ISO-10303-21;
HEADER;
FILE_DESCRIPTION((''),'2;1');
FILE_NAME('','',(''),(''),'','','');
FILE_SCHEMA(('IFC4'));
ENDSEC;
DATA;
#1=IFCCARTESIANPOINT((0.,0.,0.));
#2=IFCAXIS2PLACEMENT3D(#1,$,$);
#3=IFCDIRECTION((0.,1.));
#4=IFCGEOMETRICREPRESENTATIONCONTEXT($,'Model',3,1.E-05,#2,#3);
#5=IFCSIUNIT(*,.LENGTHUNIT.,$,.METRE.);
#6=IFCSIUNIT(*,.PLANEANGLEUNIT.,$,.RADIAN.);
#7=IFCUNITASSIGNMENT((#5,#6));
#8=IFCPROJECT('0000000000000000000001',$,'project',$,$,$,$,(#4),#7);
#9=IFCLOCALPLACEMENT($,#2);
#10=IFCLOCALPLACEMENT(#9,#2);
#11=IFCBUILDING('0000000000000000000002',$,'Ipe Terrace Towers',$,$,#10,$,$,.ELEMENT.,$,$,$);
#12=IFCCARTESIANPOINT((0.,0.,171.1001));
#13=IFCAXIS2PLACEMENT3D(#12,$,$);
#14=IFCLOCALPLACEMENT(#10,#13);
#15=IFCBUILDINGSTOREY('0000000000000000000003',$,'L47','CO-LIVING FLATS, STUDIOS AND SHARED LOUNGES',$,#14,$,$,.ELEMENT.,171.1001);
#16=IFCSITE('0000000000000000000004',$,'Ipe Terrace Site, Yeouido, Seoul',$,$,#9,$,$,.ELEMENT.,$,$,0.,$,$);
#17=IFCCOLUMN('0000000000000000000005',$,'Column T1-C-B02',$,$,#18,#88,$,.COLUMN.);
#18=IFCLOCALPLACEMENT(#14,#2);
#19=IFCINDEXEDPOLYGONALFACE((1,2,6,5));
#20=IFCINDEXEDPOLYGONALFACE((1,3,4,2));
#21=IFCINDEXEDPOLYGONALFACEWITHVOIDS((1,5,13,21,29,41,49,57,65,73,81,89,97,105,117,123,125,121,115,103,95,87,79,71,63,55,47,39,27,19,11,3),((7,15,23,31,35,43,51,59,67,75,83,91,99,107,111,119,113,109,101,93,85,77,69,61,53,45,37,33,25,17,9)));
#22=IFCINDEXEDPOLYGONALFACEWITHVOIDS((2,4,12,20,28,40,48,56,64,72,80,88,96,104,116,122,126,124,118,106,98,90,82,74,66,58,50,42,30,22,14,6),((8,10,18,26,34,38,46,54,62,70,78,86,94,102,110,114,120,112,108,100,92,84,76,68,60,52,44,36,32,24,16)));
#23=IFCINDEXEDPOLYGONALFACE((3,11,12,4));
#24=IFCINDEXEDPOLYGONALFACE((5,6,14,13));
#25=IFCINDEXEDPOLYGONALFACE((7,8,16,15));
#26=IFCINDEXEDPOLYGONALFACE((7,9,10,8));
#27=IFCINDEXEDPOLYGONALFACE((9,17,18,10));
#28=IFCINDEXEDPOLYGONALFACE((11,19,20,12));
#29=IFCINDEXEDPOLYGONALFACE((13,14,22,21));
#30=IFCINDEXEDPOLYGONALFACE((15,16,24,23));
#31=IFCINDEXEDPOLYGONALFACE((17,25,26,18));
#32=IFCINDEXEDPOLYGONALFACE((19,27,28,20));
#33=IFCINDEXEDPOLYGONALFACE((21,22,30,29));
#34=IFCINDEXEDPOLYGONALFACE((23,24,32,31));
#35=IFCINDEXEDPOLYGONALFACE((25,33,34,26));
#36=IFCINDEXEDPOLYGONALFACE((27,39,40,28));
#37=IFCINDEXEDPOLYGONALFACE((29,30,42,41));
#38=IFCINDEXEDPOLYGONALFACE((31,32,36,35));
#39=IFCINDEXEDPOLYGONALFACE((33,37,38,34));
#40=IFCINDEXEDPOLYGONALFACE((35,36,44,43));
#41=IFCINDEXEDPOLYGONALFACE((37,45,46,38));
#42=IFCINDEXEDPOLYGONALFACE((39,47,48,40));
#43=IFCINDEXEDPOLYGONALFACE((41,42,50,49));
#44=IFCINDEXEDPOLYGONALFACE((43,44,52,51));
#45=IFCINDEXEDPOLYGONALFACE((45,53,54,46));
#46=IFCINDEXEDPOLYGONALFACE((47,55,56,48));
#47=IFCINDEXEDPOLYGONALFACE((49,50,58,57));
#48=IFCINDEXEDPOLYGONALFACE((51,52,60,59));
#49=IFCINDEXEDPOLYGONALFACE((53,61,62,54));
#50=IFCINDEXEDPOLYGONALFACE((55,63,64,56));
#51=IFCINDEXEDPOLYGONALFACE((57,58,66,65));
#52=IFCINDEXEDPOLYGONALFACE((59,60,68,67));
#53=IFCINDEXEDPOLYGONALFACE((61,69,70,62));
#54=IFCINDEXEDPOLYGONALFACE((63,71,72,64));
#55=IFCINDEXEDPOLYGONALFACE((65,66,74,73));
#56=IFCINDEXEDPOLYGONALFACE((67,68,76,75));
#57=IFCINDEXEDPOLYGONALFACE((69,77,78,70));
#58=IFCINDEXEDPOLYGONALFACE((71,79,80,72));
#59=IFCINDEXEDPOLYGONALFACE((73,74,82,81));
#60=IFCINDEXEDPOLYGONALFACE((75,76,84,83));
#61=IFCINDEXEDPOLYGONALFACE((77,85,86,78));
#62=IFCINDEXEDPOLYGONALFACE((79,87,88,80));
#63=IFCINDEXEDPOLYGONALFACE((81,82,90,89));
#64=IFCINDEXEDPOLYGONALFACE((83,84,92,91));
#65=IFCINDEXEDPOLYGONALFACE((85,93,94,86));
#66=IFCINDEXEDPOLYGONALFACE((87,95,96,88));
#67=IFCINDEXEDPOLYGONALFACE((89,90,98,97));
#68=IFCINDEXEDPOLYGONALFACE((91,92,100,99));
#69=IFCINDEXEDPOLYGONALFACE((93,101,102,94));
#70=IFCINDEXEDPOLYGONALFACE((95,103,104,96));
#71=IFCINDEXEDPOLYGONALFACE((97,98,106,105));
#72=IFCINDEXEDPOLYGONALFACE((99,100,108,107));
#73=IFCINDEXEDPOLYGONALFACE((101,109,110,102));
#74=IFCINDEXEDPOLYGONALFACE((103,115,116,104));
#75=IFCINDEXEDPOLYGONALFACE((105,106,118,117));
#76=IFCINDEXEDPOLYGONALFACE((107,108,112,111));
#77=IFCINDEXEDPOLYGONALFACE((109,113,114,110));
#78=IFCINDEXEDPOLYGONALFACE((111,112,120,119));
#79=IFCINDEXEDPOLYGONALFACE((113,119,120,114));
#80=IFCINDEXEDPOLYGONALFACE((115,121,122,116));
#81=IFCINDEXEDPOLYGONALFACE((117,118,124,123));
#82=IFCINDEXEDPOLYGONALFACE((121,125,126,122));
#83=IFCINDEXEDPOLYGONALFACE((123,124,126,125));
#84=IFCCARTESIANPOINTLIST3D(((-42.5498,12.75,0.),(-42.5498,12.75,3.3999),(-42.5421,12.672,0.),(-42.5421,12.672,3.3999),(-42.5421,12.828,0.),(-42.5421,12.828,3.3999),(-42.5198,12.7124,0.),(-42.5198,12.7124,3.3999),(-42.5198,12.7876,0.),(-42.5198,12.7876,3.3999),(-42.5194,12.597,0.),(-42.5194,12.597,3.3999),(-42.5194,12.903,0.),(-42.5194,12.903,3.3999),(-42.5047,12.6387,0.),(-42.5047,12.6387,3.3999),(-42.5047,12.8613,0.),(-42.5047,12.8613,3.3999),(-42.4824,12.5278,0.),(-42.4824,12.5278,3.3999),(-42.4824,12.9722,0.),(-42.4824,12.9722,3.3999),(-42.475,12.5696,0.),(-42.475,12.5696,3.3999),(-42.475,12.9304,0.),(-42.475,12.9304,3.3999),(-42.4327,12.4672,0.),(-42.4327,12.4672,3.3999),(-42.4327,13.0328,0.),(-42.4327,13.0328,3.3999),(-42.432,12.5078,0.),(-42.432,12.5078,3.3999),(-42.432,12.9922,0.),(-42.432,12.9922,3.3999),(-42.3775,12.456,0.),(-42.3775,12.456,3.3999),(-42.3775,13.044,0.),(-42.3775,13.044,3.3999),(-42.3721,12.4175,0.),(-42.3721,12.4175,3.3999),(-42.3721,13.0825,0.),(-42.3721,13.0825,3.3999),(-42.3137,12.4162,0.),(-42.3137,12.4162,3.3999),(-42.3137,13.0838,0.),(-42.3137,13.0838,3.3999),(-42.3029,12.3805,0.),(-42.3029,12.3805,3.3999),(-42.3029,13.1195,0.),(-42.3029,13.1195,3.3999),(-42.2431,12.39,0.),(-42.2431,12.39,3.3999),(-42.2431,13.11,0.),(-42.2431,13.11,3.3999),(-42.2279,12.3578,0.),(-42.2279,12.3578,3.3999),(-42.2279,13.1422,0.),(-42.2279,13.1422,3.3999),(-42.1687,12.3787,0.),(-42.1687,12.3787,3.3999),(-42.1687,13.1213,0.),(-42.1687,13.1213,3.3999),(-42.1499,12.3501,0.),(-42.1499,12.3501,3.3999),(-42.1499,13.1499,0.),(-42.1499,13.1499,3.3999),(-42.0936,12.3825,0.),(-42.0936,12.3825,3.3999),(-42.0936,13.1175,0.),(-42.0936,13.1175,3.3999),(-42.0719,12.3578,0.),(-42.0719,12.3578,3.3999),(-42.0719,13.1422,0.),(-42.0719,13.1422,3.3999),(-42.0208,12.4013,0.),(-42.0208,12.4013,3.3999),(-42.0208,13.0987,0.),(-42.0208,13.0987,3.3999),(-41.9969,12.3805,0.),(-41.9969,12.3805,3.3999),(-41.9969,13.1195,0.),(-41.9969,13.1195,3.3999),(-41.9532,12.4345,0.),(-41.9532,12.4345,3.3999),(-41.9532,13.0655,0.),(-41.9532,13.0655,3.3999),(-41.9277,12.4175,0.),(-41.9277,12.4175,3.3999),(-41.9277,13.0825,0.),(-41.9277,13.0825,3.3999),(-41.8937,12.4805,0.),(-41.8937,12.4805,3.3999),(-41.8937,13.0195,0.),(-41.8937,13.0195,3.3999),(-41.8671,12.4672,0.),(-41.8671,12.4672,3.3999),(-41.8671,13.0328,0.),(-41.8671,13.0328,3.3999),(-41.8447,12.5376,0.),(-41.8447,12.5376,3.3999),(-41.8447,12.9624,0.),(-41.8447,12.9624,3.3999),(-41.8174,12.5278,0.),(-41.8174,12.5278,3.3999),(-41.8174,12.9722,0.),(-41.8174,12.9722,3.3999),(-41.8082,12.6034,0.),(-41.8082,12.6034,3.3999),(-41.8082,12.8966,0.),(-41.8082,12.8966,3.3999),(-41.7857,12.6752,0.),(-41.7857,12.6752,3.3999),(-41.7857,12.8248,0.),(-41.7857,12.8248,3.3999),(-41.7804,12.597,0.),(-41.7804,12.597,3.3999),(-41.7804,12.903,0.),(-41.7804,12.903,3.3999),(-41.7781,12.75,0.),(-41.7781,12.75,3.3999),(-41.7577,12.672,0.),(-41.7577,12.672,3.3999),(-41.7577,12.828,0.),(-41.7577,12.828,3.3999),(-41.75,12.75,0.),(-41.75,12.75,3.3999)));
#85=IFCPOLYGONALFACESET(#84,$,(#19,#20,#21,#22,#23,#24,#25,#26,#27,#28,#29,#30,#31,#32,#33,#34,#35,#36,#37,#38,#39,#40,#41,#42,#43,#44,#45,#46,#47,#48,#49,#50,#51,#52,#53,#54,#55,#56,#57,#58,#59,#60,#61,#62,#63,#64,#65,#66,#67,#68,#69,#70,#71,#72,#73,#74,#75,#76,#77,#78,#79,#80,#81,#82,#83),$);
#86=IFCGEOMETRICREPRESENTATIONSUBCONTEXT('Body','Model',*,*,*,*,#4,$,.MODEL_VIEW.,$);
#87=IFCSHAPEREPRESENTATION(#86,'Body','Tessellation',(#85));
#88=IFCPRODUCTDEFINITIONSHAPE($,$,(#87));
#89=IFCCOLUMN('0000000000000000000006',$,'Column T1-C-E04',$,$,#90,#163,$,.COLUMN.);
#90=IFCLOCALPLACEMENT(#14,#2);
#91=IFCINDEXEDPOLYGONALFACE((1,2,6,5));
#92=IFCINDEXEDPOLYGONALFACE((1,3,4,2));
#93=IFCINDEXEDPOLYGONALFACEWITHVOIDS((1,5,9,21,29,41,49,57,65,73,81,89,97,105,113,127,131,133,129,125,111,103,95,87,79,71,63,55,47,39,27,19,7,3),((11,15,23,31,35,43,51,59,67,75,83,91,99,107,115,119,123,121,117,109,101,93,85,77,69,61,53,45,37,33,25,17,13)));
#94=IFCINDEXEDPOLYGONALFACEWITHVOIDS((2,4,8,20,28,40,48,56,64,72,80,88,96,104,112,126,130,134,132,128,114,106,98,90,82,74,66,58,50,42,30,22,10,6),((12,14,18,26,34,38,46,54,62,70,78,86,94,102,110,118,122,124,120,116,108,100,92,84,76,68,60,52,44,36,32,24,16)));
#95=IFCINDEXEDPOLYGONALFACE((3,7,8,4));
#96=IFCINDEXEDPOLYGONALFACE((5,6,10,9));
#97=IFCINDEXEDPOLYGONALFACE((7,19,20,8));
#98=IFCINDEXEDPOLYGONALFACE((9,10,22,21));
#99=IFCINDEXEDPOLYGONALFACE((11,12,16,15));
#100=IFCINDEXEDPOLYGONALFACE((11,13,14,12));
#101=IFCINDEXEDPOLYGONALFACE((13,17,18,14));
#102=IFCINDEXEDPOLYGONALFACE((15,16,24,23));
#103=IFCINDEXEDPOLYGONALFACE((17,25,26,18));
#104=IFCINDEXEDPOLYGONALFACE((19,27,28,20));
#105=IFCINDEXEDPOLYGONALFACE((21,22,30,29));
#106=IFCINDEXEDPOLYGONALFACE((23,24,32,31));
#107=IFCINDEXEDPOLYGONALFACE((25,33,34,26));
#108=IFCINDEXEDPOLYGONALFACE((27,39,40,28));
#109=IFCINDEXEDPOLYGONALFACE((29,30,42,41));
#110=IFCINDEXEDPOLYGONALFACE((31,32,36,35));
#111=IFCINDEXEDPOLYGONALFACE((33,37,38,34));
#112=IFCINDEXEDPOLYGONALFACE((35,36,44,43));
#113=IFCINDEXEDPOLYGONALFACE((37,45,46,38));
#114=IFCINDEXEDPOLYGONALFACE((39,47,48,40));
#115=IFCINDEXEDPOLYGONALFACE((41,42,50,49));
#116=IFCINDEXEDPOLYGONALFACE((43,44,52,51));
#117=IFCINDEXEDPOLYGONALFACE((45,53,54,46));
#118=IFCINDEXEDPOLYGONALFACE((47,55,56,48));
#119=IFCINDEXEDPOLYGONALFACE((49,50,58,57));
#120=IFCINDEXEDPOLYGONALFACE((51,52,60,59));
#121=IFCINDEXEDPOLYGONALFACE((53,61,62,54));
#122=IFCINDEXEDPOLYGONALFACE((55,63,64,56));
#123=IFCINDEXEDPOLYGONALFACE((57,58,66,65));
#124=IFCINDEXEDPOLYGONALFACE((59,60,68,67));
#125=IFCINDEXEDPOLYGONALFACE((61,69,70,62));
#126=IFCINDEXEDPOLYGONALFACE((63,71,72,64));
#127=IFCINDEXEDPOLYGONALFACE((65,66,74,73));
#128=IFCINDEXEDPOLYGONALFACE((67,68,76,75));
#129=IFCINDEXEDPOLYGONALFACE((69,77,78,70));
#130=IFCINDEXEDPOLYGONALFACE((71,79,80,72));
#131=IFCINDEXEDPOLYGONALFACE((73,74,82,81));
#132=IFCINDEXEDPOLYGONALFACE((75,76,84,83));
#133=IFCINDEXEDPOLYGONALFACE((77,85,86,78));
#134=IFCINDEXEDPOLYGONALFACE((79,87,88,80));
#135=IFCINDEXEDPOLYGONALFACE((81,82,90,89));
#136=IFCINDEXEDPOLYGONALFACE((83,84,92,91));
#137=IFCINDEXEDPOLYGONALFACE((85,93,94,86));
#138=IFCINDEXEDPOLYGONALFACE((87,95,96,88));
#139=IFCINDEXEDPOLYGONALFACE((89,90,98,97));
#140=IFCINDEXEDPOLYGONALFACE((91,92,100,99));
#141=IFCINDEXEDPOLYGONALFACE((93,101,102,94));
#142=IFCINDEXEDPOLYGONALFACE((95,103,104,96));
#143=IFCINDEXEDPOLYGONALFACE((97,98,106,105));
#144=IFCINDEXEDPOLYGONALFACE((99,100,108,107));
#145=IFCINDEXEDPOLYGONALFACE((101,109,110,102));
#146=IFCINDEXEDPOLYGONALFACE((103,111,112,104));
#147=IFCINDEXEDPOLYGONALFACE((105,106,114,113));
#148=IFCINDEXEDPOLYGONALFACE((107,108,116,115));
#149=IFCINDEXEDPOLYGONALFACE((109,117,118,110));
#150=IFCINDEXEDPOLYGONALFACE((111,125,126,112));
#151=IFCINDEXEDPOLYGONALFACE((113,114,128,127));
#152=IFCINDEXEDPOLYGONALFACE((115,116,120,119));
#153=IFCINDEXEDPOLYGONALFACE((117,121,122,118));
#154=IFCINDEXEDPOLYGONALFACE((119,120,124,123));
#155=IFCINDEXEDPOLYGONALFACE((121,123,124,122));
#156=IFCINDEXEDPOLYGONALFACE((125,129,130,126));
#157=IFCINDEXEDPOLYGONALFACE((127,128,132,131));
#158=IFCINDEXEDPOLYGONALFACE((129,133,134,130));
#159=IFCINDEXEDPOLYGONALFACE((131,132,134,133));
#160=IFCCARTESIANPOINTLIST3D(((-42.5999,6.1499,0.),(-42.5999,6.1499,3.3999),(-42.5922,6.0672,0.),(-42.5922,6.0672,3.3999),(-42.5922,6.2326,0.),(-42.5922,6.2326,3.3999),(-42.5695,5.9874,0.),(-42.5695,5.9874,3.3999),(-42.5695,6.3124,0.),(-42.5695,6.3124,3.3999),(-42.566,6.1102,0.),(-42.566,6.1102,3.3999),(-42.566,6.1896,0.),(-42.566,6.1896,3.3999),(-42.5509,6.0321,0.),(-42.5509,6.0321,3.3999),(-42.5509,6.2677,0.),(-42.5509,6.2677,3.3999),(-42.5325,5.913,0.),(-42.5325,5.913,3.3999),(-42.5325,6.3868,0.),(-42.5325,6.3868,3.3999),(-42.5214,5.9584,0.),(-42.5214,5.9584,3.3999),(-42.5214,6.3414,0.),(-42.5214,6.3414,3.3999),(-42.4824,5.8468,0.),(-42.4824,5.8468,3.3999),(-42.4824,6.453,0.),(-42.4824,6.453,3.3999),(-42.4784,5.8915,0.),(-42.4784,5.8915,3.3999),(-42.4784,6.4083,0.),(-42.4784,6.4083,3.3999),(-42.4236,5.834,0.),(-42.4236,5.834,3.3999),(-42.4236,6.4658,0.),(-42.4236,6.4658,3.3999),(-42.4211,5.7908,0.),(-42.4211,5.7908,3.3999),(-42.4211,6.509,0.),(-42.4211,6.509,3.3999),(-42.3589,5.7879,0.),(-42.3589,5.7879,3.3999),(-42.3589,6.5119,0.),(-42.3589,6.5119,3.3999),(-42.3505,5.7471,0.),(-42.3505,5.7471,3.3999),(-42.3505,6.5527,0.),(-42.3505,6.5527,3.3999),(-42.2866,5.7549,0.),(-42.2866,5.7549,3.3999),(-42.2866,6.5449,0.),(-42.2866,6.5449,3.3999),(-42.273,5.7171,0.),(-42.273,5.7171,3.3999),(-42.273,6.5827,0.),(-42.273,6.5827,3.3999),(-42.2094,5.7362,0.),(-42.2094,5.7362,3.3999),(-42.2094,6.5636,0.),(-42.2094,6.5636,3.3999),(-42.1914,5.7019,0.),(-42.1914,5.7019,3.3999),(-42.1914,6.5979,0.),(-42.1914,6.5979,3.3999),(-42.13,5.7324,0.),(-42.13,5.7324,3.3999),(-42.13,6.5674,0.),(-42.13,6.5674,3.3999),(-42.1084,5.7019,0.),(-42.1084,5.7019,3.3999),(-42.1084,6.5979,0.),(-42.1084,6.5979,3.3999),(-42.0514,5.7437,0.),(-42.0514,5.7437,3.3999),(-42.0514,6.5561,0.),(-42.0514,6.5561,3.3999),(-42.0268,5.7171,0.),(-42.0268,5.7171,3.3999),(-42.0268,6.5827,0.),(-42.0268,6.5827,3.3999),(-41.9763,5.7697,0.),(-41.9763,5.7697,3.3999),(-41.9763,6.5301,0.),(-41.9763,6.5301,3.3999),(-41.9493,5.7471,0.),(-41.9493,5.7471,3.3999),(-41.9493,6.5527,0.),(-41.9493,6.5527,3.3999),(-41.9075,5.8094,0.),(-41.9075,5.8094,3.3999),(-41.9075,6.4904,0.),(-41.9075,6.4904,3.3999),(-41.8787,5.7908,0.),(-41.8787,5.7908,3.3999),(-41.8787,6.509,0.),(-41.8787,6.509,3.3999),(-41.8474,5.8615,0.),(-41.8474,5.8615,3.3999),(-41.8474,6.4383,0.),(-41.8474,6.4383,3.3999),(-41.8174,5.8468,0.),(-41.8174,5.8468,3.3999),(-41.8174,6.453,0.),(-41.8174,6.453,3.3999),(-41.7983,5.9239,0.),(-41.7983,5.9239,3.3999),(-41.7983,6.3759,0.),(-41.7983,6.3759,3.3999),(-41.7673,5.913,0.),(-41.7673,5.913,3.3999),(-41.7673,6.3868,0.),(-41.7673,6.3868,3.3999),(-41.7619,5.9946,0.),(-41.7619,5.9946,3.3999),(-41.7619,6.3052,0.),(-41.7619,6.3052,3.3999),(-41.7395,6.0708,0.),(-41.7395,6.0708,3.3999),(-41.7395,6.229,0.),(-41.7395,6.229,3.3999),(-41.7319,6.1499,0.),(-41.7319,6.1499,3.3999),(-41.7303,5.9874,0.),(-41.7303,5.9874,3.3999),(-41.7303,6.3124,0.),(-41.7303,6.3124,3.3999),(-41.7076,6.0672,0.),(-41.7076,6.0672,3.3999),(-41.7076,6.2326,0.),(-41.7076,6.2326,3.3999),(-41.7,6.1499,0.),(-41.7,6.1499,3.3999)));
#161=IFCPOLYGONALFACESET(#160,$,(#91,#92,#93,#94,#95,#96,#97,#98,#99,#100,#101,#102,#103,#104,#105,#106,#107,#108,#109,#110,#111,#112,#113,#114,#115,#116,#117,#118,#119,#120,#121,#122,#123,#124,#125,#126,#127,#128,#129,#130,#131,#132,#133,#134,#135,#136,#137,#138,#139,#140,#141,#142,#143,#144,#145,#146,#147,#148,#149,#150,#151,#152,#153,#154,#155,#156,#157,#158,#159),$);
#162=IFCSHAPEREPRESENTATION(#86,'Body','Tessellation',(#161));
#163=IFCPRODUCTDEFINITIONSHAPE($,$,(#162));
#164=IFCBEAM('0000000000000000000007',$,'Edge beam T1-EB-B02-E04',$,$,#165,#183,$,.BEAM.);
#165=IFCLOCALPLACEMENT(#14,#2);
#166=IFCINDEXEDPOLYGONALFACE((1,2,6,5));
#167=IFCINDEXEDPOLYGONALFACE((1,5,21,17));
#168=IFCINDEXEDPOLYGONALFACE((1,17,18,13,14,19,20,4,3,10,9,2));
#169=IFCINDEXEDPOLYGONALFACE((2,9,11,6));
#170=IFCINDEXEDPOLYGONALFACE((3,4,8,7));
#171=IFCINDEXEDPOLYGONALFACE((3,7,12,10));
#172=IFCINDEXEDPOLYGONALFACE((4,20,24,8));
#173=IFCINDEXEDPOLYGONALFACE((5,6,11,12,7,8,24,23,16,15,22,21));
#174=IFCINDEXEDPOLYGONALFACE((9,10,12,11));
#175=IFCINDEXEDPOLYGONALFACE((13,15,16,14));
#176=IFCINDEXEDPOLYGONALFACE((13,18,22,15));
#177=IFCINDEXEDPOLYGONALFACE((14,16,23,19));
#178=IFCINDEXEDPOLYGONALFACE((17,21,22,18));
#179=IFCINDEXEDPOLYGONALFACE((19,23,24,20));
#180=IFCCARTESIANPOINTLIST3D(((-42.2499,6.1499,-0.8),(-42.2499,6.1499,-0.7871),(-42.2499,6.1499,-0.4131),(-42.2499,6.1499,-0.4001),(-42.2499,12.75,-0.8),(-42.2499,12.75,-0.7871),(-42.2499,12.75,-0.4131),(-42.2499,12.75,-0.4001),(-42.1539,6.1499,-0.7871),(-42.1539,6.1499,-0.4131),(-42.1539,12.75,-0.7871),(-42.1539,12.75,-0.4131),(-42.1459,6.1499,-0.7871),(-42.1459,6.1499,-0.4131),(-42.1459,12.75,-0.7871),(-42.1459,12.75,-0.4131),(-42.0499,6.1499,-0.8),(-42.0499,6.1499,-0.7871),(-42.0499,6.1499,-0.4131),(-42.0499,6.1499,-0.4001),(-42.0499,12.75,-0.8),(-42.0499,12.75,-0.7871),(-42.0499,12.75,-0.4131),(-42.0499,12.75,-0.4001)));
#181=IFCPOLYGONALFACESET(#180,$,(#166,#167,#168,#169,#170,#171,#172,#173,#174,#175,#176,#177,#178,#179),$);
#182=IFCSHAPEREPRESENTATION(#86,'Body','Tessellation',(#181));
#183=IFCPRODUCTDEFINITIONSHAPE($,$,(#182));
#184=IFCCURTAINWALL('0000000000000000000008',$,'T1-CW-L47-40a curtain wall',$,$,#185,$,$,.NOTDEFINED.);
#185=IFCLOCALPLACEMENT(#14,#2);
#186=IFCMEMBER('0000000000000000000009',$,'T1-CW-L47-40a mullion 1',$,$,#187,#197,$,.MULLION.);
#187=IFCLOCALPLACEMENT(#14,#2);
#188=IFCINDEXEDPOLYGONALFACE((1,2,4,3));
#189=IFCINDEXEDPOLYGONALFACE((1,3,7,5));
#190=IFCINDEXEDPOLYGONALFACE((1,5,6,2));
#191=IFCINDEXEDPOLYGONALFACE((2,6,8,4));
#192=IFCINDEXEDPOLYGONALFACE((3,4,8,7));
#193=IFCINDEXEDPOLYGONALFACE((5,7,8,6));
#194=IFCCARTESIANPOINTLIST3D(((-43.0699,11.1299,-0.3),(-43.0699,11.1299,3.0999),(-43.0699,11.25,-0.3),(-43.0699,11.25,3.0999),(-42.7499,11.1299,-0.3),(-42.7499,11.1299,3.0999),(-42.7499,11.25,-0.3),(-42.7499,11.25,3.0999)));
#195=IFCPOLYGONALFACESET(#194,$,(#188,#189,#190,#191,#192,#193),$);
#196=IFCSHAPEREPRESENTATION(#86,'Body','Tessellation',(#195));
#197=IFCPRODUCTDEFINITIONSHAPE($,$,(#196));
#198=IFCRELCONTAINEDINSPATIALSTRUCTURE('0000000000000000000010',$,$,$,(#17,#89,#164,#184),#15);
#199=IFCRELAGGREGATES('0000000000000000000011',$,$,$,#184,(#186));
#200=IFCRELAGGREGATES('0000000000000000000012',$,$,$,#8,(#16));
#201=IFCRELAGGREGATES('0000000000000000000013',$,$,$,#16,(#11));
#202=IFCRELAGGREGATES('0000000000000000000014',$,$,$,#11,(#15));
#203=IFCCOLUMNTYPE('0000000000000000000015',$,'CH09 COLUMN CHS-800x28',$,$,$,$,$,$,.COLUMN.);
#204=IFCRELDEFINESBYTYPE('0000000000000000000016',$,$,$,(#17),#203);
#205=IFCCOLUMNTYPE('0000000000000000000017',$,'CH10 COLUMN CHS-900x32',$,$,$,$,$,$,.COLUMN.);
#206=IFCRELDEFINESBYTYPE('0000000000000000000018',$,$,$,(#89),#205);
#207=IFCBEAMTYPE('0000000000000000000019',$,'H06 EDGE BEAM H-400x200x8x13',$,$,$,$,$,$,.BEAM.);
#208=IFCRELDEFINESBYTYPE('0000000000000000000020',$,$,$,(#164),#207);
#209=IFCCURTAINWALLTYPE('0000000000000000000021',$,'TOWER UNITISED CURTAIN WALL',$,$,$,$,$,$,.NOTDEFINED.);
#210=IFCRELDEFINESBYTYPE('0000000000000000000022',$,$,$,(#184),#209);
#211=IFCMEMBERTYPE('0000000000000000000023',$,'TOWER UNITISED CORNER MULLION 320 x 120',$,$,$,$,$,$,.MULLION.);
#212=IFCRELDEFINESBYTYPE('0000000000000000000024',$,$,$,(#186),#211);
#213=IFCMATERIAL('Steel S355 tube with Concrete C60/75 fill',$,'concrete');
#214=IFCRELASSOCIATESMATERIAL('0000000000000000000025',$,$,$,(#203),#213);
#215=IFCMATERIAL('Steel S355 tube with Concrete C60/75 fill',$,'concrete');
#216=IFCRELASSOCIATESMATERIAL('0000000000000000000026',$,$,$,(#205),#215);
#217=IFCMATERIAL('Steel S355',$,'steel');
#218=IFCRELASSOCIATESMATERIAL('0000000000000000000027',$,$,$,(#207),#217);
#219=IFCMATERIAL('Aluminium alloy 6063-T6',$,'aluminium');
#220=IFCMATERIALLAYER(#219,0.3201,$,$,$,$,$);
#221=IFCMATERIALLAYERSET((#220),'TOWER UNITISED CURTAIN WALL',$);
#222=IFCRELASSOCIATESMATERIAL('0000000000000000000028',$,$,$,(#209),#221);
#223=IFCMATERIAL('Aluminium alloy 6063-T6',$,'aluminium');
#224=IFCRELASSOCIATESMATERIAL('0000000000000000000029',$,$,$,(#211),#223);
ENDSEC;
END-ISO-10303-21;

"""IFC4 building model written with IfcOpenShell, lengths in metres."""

from ifc_helpers import new_model, si_unit, direction, frame, origin, origin_2d, place, context, subcontext, project, spatial, rectangle, hollow_circle, i_section, extrude, material, layer, layer_set, material_profile, profile_set, type_object, element, aggregate, save


model = new_model("IFC4")

# Units and contexts
model_context = context("Model", 3, precision=1e-05, world=origin(), true_north=direction((0.0, 1.0)))
body_context = subcontext(model_context, "Body", "Model", "MODEL_VIEW")
ifc_project = project(units=[si_unit("LENGTHUNIT", "METRE"), si_unit("PLANEANGLEUNIT", "RADIAN")], contexts=[model_context])

# Site, building, storey
site_placement = place(None, origin())
site = spatial("IfcSite", under=ifc_project, at=site_placement, Name="Ipe Terrace Site, Yeouido, Seoul", CompositionType="ELEMENT", RefElevation=0.0)
building_placement = place(site_placement, origin())
building = spatial("IfcBuilding", under=site, at=building_placement, Name="Ipe Terrace Towers", CompositionType="ELEMENT")
storey_placement = place(building_placement, frame((0.0, 0.0, 171.1001)))
storey = spatial("IfcBuildingStorey", under=building, at=storey_placement, Name="L47", Description="CO-LIVING FLATS, STUDIOS AND SHARED LOUNGES", CompositionType="ELEMENT", Elevation=171.1001)

# Columns
ifc_material_1 = material(Name="Steel S355 tube with Concrete C60/75 fill", Category="concrete")
ifc_material_profile_1 = material_profile(ifc_material_1, hollow_circle(Radius=0.3999, WallThickness=0.0281, at=origin_2d()), Name="CHS-800x28")
ifc_profile_set_1 = profile_set([ifc_material_profile_1], Name="Steel S355 tube with Concrete C60/75 fill")
column_type_1 = type_object("IfcColumnType", Name="CH09 COLUMN CHS-800x28", PredefinedType="COLUMN", material=ifc_profile_set_1)
column_1_placement = place(storey_placement, frame((-42.1499, 12.75, 0.0), z_axis=(0.0, 0.0, 1.0), x_axis=(1.0, 0.0, 0.0)))
element("IfcColumn", 1, at=column_1_placement, inside=storey, type_object=column_type_1, Name="Column T1-C-B02", PredefinedType="COLUMN", context=body_context, shape_type="SweptSolid", body=[
    extrude(hollow_circle(Radius=0.3999, WallThickness=0.0281, at=origin_2d()), origin(), (0.0, 0.0, 1.0), 3.3999),
])
ifc_material_2 = material(Name="Steel S355 tube with Concrete C60/75 fill", Category="concrete")
ifc_material_profile_2 = material_profile(ifc_material_2, hollow_circle(Radius=0.45, WallThickness=0.032, at=origin_2d()), Name="CHS-900x32")
ifc_profile_set_2 = profile_set([ifc_material_profile_2], Name="Steel S355 tube with Concrete C60/75 fill")
column_type_2 = type_object("IfcColumnType", Name="CH10 COLUMN CHS-900x32", PredefinedType="COLUMN", material=ifc_profile_set_2)
column_2_placement = place(storey_placement, frame((-42.1499, 6.1499, 0.0), z_axis=(0.0, 0.0, 1.0), x_axis=(1.0, 0.0, 0.0)))
element("IfcColumn", 2, at=column_2_placement, inside=storey, type_object=column_type_2, Name="Column T1-C-E04", PredefinedType="COLUMN", context=body_context, shape_type="SweptSolid", body=[
    extrude(hollow_circle(Radius=0.45, WallThickness=0.032, at=origin_2d()), origin(), (0.0, 0.0, 1.0), 3.3999),
])

# Beam
ifc_material_3 = material(Name="Steel S355", Category="steel")
ifc_material_profile_3 = material_profile(ifc_material_3, i_section(OverallWidth=0.2, OverallDepth=0.3999, WebThickness=0.0081, FlangeThickness=0.0129, at=origin_2d()), Name="H-400x200x8x13")
ifc_profile_set_3 = profile_set([ifc_material_profile_3], Name="Steel S355")
beam_type = type_object("IfcBeamType", Name="H06 EDGE BEAM H-400x200x8x13", PredefinedType="BEAM", material=ifc_profile_set_3)
beam_placement = place(storey_placement, frame((-42.1499, 12.75, -0.6001), z_axis=(0.0, -1.0, 0.0), x_axis=(1.0, 0.0, 0.0)))
element("IfcBeam", 3, at=beam_placement, inside=storey, type_object=beam_type, Name="Edge beam T1-EB-B02-E04", PredefinedType="BEAM", context=body_context, shape_type="SweptSolid", body=[
    extrude(i_section(OverallWidth=0.2, OverallDepth=0.3999, WebThickness=0.0081, FlangeThickness=0.0129, at=origin_2d()), origin(), (0.0, 0.0, 1.0), 6.6001),
])

# Curtain wall, member
ifc_material_4 = material(Name="Aluminium alloy 6063-T6", Category="aluminium")
ifc_layer_1 = layer(ifc_material_4, 0.3201)
ifc_layer_set_1 = layer_set([ifc_layer_1], Name="TOWER UNITISED CURTAIN WALL")
curtain_wall_type = type_object("IfcCurtainWallType", Name="TOWER UNITISED CURTAIN WALL", PredefinedType="NOTDEFINED", material=ifc_layer_set_1)
curtain_wall_placement = place(storey_placement, origin())
curtain_wall = element("IfcCurtainWall", 4, at=curtain_wall_placement, inside=storey, type_object=curtain_wall_type, Name="T1-CW-L47-40a curtain wall", PredefinedType="NOTDEFINED")
ifc_material_5 = material(Name="Aluminium alloy 6063-T6", Category="aluminium")
ifc_material_profile_4 = material_profile(ifc_material_5, rectangle(XDim=0.3201, YDim=0.1201, at=origin_2d()), Name="TOWER UNITISED CORNER MULLION 320 x 120")
ifc_profile_set_4 = profile_set([ifc_material_profile_4], Name="Aluminium alloy 6063-T6")
member_type = type_object("IfcMemberType", Name="TOWER UNITISED CORNER MULLION 320 x 120", PredefinedType="MULLION", material=ifc_profile_set_4)
member_1_placement = place(storey_placement, frame((-42.9099, 11.1899, -0.3), z_axis=(0.0, 0.0, 1.0), x_axis=(-1.0, 0.0, 0.0)))
member_1 = element("IfcMember", 5, at=member_1_placement, type_object=member_type, Name="T1-CW-L47-40a mullion 1", PredefinedType="MULLION", context=body_context, shape_type="SweptSolid", body=[
    extrude(rectangle(XDim=0.3201, YDim=0.1201, at=origin_2d()), origin(), (0.0, 0.0, 1.0), 3.3999),
])
aggregate(curtain_wall, [member_1])

save(model, "model.ifc")
